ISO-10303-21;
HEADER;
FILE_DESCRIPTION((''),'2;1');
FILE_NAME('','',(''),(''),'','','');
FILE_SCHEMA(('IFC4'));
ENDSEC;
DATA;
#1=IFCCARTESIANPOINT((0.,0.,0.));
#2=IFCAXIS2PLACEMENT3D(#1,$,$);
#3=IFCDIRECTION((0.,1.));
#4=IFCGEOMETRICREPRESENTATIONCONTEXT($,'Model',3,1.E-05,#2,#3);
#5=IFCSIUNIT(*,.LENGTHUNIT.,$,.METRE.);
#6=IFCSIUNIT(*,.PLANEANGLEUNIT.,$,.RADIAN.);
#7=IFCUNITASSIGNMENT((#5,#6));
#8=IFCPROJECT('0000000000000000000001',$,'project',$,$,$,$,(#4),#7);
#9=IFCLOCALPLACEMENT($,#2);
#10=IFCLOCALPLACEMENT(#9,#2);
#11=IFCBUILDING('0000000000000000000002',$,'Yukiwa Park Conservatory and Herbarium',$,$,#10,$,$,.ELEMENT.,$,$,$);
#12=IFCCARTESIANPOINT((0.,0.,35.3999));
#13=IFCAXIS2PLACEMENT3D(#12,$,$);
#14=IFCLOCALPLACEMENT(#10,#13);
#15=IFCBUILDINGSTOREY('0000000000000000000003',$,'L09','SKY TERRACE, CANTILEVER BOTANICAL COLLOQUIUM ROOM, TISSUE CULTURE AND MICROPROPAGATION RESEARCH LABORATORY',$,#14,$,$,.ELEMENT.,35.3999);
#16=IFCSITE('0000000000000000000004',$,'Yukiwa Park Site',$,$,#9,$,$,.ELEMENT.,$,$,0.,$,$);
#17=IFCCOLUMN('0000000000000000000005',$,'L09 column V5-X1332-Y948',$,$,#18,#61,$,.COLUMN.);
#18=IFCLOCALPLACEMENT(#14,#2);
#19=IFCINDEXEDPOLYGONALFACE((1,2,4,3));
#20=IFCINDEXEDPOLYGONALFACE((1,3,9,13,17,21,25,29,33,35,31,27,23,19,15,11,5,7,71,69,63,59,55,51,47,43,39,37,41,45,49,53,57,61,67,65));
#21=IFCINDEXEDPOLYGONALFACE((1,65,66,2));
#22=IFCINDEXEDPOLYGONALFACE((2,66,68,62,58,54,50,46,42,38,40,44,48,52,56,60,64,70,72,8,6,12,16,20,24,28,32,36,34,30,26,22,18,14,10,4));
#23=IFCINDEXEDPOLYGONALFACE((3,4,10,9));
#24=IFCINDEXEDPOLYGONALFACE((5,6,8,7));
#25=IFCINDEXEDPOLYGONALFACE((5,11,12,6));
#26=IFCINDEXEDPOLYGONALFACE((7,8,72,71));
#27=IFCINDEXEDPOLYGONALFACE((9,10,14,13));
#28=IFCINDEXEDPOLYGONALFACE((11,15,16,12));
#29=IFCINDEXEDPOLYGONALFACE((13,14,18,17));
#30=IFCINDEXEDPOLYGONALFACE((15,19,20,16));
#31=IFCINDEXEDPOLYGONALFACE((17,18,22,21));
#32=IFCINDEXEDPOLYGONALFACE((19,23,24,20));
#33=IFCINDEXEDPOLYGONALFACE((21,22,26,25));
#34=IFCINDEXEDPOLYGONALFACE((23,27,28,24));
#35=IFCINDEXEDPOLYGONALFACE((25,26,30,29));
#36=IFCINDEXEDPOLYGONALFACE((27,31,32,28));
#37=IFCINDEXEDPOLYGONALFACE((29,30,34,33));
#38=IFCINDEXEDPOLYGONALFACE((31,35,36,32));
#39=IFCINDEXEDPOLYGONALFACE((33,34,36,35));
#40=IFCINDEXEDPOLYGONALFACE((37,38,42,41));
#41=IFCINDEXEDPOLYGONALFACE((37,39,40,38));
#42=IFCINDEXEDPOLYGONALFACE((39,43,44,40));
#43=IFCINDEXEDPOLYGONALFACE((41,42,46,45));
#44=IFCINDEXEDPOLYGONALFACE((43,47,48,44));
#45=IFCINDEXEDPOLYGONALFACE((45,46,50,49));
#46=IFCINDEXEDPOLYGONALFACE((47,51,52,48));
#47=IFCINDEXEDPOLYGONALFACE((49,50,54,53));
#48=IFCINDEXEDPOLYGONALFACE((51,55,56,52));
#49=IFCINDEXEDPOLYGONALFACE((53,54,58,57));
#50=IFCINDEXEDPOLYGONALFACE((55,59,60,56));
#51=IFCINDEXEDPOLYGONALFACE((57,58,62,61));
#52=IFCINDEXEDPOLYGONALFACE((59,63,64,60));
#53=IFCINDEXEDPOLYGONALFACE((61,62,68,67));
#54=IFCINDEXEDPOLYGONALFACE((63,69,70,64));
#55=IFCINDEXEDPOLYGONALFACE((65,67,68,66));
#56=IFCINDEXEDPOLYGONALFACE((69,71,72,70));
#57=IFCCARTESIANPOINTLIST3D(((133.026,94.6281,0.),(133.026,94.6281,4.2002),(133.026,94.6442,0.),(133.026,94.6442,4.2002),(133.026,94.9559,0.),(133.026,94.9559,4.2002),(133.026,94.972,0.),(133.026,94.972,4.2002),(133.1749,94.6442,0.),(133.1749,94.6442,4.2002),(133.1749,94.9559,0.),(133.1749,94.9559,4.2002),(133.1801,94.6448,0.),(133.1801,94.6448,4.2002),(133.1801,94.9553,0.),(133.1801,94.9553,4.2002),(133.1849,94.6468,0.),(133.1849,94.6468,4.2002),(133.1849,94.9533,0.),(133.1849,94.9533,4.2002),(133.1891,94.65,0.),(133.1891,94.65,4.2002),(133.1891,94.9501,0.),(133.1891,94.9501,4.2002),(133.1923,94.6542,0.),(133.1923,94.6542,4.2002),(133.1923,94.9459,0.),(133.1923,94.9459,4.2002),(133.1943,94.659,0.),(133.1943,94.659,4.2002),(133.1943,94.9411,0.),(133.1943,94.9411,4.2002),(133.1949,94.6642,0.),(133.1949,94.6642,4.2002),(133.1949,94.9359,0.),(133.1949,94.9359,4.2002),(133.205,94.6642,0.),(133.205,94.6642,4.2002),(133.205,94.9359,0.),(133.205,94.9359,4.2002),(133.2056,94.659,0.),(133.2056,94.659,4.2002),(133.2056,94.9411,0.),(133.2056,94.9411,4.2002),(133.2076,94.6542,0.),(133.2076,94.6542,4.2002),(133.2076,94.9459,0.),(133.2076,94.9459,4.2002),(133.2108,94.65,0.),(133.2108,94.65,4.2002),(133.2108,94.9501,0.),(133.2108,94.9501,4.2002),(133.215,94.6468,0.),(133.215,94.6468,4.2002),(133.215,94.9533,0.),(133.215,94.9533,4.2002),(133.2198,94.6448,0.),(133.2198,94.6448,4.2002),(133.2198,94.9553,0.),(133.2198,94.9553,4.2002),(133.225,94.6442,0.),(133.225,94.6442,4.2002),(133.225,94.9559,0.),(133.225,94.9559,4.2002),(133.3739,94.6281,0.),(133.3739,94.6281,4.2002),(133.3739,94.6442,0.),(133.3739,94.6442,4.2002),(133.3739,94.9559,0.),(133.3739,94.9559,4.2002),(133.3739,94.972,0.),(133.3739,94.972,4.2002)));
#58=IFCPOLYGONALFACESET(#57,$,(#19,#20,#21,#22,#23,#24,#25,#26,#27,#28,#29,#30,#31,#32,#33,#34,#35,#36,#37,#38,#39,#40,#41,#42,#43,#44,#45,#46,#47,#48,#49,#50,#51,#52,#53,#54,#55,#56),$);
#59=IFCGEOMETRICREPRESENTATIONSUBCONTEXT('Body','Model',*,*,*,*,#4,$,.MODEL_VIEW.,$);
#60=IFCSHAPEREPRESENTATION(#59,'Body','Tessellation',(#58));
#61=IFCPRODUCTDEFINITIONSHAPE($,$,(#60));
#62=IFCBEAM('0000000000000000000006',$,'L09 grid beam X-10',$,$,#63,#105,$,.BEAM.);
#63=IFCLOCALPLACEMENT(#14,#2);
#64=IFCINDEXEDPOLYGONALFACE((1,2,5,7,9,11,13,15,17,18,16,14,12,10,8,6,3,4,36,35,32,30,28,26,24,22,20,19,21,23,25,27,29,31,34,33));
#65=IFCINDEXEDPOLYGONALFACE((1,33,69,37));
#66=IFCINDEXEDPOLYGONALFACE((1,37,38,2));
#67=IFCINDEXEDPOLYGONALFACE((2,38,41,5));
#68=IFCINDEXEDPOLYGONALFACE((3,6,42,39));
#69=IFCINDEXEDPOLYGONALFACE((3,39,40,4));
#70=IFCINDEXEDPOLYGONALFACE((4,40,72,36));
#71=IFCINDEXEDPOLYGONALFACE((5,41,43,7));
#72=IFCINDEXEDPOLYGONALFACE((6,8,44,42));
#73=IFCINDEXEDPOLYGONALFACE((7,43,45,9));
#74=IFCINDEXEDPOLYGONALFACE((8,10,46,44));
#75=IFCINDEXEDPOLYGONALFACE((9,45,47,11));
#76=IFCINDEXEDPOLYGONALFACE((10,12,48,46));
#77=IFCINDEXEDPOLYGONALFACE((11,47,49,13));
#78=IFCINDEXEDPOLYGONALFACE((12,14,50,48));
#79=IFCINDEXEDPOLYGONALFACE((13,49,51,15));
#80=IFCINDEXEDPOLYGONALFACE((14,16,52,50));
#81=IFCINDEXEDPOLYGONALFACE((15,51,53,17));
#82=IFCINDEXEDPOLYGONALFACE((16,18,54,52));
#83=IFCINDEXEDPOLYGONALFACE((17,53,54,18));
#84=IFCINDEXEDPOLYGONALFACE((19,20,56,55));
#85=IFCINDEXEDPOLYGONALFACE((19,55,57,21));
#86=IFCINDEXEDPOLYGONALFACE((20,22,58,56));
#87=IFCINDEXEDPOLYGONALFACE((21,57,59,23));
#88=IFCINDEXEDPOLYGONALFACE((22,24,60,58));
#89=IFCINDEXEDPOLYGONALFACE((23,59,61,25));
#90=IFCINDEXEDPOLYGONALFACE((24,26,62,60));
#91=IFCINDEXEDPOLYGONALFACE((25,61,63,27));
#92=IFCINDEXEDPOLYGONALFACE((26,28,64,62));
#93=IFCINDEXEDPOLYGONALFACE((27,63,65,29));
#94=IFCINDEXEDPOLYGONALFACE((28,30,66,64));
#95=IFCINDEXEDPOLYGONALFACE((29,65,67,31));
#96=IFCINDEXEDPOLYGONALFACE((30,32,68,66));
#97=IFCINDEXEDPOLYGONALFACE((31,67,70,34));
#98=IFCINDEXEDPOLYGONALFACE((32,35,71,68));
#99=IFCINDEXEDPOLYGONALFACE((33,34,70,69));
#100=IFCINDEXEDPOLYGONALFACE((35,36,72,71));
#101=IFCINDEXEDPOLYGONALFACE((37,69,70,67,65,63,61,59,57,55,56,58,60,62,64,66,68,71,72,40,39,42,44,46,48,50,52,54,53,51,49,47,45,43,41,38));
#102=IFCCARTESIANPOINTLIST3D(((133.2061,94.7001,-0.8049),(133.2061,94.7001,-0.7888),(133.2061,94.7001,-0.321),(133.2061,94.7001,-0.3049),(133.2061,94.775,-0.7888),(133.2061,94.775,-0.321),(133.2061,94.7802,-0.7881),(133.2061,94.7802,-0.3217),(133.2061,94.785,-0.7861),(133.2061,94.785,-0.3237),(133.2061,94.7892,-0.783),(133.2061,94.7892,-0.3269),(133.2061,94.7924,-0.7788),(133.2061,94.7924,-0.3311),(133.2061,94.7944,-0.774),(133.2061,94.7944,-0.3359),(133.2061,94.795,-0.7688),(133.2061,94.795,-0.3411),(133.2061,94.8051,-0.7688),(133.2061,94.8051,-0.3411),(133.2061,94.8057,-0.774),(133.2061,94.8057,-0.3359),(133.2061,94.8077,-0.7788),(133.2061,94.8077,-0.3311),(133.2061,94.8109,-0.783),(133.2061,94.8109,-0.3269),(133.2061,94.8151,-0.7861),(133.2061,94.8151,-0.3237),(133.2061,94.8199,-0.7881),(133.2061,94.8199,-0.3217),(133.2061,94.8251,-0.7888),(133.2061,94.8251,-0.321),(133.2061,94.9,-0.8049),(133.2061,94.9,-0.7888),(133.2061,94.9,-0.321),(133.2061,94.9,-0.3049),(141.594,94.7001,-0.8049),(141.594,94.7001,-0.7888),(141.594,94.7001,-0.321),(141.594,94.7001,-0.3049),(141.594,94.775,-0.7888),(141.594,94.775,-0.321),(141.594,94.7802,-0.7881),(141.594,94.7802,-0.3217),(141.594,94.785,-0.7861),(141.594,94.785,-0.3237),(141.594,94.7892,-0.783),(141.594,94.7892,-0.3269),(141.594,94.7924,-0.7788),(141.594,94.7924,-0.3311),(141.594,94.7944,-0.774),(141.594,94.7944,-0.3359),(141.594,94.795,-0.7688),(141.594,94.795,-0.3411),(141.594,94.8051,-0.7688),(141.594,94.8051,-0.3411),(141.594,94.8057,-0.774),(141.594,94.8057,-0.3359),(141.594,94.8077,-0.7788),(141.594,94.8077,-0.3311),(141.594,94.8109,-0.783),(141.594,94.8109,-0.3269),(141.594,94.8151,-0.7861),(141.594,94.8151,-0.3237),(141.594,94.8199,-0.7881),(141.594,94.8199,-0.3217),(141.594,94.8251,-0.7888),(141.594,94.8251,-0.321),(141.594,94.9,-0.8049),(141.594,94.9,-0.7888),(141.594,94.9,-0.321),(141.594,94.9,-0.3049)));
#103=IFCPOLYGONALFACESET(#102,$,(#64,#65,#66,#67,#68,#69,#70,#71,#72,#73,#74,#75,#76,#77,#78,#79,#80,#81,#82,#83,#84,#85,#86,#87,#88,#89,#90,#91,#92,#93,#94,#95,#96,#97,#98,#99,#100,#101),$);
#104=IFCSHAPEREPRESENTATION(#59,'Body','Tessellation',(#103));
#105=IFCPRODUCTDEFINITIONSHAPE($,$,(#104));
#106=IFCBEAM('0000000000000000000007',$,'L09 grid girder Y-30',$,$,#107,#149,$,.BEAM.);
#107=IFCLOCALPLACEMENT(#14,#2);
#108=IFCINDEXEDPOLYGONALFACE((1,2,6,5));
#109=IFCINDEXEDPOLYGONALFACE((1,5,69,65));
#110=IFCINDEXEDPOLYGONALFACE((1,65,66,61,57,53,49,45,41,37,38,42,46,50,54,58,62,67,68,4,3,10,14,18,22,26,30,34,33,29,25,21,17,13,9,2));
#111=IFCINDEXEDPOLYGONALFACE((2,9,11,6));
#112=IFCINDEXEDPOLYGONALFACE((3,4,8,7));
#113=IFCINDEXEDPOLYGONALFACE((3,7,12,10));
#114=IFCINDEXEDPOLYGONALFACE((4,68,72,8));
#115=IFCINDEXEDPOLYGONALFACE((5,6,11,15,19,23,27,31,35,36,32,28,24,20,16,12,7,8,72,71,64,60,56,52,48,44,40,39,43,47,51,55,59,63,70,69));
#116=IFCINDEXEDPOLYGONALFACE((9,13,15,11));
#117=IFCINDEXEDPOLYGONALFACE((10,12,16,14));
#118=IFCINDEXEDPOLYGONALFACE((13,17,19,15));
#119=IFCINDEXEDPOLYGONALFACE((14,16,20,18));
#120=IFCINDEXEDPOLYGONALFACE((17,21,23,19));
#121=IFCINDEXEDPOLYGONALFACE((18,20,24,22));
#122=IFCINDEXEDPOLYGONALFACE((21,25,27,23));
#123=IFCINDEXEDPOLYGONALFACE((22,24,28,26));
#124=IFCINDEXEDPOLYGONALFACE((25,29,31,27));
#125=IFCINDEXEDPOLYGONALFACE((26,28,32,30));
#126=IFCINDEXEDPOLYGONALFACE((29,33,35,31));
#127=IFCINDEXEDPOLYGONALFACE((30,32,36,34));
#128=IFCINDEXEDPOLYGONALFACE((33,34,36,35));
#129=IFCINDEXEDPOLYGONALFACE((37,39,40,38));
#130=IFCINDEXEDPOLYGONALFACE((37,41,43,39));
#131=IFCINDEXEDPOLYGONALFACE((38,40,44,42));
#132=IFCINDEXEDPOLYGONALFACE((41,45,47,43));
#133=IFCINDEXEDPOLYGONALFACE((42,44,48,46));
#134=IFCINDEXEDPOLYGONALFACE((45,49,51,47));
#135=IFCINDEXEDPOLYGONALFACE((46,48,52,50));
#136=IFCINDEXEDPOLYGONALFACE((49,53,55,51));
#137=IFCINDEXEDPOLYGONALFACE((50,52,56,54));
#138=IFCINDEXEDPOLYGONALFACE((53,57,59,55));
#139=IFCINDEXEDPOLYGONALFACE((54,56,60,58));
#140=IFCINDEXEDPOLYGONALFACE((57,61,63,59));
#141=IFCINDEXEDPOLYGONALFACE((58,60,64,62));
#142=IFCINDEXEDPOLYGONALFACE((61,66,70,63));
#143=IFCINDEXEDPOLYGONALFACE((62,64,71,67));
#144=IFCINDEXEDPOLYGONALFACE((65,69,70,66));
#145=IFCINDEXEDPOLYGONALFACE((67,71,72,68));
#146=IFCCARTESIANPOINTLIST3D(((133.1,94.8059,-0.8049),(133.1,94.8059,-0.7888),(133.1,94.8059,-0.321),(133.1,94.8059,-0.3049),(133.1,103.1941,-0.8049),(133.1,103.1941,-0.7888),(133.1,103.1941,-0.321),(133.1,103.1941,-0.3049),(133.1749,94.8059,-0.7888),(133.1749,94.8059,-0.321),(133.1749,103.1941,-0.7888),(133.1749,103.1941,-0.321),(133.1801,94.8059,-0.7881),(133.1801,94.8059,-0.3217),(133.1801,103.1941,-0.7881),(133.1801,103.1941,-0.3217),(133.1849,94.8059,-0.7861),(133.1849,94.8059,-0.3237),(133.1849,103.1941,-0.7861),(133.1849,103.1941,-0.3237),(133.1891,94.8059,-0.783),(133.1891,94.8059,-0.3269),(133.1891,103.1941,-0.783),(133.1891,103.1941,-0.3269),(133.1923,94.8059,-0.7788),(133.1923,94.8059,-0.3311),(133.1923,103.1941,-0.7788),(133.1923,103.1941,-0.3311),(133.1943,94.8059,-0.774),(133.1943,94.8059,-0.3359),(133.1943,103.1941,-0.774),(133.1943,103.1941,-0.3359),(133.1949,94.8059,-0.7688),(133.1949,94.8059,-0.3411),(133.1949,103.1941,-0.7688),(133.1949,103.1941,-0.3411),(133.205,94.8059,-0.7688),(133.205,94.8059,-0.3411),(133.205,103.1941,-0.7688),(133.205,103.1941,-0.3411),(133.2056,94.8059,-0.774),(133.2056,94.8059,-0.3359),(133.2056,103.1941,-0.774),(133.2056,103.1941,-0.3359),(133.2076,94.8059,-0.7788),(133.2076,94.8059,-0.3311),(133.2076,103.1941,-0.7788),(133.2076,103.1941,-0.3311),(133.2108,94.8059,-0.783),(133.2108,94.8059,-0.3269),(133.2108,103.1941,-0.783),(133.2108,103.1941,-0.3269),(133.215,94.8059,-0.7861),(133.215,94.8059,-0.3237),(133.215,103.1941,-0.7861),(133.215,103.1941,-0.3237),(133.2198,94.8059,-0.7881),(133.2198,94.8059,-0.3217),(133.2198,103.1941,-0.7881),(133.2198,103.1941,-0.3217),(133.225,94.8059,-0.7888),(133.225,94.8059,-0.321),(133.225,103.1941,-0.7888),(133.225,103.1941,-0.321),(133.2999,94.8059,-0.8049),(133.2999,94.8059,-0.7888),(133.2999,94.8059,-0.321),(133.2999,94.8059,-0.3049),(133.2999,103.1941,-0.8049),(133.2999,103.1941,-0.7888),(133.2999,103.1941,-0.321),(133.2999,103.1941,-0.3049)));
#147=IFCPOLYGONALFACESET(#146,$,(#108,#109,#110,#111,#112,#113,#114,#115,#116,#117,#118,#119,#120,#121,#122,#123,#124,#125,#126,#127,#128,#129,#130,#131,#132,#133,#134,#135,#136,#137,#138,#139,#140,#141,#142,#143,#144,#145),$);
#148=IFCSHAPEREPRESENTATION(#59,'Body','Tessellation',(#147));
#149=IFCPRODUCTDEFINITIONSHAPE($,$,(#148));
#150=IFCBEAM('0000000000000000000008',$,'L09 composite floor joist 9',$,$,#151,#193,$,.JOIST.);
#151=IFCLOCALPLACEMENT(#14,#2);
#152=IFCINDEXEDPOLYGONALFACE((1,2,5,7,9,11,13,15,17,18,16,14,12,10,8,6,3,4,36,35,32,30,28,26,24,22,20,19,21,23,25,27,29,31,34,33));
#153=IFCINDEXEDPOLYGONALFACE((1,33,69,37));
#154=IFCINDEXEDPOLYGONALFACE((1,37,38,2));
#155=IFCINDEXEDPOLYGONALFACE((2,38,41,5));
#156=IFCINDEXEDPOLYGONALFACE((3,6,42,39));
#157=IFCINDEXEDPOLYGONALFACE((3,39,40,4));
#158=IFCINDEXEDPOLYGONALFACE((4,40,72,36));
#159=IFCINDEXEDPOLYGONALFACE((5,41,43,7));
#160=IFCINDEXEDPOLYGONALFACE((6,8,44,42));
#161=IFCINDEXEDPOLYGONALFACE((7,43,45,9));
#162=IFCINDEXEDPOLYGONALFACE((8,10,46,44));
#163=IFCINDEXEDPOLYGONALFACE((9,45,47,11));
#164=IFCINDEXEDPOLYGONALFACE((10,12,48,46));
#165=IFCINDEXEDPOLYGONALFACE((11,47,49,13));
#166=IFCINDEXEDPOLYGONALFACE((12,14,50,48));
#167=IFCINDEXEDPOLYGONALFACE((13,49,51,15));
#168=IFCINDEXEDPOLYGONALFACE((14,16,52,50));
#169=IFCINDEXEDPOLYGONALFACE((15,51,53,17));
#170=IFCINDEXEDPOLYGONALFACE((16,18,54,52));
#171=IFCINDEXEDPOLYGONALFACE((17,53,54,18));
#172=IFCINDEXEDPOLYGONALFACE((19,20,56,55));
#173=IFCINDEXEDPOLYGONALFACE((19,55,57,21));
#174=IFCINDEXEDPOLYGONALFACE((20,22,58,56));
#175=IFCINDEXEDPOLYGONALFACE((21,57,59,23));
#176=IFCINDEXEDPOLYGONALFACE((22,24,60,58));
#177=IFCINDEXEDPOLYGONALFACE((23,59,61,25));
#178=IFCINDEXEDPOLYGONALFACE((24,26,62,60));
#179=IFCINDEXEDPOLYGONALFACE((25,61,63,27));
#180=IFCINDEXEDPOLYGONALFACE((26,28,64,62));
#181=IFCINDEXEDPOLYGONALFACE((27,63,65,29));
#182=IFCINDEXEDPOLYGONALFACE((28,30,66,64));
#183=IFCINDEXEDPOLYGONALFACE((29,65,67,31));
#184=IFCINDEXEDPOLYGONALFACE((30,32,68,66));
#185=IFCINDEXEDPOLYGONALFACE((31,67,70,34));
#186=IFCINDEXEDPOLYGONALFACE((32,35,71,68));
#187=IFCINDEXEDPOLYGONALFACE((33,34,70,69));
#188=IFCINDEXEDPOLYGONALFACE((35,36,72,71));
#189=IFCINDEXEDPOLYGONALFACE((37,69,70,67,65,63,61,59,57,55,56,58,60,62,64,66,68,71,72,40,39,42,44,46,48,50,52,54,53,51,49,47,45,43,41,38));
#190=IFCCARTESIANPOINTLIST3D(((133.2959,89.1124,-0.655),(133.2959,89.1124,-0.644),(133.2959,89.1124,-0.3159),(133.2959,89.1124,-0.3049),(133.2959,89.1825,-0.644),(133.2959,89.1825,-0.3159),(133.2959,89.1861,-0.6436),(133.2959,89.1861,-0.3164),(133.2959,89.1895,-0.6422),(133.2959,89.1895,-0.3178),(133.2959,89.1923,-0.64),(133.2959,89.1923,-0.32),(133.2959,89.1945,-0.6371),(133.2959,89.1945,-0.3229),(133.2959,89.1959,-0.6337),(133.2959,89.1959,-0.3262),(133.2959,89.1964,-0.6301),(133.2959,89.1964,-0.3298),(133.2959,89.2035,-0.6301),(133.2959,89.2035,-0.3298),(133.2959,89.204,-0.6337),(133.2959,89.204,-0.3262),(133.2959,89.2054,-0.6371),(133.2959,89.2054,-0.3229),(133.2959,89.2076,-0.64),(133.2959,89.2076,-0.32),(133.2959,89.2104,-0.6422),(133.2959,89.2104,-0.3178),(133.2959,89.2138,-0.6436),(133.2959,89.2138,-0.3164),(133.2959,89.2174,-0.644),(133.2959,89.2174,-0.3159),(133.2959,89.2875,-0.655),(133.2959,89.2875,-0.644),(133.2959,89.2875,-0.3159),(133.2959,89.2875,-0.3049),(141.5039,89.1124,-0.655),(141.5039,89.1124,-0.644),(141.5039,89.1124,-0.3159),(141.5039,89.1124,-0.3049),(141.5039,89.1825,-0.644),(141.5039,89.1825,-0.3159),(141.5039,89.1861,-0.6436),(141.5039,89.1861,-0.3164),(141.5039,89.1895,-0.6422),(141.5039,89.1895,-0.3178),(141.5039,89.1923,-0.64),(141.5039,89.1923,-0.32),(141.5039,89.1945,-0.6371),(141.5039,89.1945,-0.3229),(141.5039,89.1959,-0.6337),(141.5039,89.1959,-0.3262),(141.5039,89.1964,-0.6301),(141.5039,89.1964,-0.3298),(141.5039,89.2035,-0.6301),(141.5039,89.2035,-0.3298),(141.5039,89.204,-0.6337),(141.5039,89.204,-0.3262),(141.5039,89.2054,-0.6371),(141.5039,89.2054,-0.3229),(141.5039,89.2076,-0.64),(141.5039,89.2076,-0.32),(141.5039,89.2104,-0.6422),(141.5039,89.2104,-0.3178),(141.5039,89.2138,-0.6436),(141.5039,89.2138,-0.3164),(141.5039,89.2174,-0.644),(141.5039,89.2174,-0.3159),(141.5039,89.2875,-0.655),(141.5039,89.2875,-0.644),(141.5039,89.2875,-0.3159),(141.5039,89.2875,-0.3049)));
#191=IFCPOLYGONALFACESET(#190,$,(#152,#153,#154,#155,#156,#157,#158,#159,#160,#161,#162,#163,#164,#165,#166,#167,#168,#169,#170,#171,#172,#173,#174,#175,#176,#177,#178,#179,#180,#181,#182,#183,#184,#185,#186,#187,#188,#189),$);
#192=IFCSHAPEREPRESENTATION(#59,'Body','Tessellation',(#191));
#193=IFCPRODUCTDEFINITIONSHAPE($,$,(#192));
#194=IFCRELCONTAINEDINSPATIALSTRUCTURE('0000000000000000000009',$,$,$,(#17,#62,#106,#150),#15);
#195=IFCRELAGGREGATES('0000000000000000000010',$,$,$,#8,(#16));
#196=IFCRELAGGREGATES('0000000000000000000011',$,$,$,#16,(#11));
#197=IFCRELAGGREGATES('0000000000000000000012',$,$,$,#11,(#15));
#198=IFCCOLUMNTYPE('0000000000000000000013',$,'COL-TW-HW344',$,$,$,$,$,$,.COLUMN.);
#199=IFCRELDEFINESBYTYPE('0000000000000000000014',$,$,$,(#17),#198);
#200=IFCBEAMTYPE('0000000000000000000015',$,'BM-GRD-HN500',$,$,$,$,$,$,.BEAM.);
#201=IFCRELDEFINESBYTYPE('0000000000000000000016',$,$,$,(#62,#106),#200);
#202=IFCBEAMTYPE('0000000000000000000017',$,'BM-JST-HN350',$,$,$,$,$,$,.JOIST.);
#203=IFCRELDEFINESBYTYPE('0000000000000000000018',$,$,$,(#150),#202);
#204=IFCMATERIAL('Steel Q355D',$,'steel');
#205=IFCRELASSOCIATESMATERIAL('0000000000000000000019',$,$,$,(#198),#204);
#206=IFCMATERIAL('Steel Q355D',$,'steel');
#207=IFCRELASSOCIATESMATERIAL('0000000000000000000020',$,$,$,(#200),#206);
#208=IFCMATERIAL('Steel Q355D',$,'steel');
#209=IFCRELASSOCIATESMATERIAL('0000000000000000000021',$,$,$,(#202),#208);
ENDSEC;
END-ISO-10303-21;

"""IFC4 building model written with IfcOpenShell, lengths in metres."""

from ifc_helpers import new_model, si_unit, direction, frame, origin, origin_2d, place, context, subcontext, project, spatial, i_section, extrude, material, material_profile, profile_set, type_object, element, save


model = new_model("IFC4")

# Units and contexts
model_context = context("Model", 3, precision=1e-05, world=origin(), true_north=direction((0.0, 1.0)))
body_context = subcontext(model_context, "Body", "Model", "MODEL_VIEW")
ifc_project = project(units=[si_unit("LENGTHUNIT", "METRE"), si_unit("PLANEANGLEUNIT", "RADIAN")], contexts=[model_context])

# Site, building, storey
site_placement = place(None, origin())
site = spatial("IfcSite", under=ifc_project, at=site_placement, Name="Yukiwa Park Site", CompositionType="ELEMENT", RefElevation=0.0)
building_placement = place(site_placement, origin())
building = spatial("IfcBuilding", under=site, at=building_placement, Name="Yukiwa Park Conservatory and Herbarium", CompositionType="ELEMENT")
storey_placement = place(building_placement, frame((0.0, 0.0, 35.3999)))
storey = spatial("IfcBuildingStorey", under=building, at=storey_placement, Name="L09", Description="SKY TERRACE, CANTILEVER BOTANICAL COLLOQUIUM ROOM, TISSUE CULTURE AND MICROPROPAGATION RESEARCH LABORATORY", CompositionType="ELEMENT", Elevation=35.3999)

# Column
ifc_material_1 = material(Name="Steel Q355D", Category="steel")
ifc_material_profile_1 = material_profile(ifc_material_1, i_section(OverallWidth=0.3479, OverallDepth=0.344, WebThickness=0.01, FlangeThickness=0.0161, FilletRadius=0.02, at=origin_2d()), Name="HW 344x348x10x16")
ifc_profile_set_1 = profile_set([ifc_material_profile_1], Name="Steel Q355D")
column_type = type_object("IfcColumnType", Name="COL-TW-HW344", PredefinedType="COLUMN", material=ifc_profile_set_1)
column_placement = place(storey_placement, frame((133.2, 94.8, 0.0), z_axis=(0.0, 0.0, 1.0), x_axis=(1.0, 0.0, 0.0)))
element("IfcColumn", 1, at=column_placement, inside=storey, type_object=column_type, Name="L09 column V5-X1332-Y948", PredefinedType="COLUMN", context=body_context, shape_type="SweptSolid", body=[
    extrude(i_section(OverallWidth=0.3479, OverallDepth=0.344, WebThickness=0.01, FlangeThickness=0.0161, FilletRadius=0.02, at=origin_2d()), origin(), (0.0, 0.0, 1.0), 4.2002),
])

# Beams
ifc_material_2 = material(Name="Steel Q355D", Category="steel")
ifc_material_profile_2 = material_profile(ifc_material_2, i_section(OverallWidth=0.2, OverallDepth=0.5, WebThickness=0.01, FlangeThickness=0.0161, FilletRadius=0.02, at=origin_2d()), Name="HN 500x200x10x16")
ifc_profile_set_2 = profile_set([ifc_material_profile_2], Name="Steel Q355D")
beam_type_1 = type_object("IfcBeamType", Name="BM-GRD-HN500", PredefinedType="BEAM", material=ifc_profile_set_2)
beam_1_placement = place(storey_placement, frame((133.2061, 94.8, -0.5549), z_axis=(1.0, 0.0, 0.0), x_axis=(0.0, 1.0, 0.0)))
element("IfcBeam", 2, at=beam_1_placement, inside=storey, type_object=beam_type_1, Name="L09 grid beam X-10", PredefinedType="BEAM", context=body_context, shape_type="SweptSolid", body=[
    extrude(i_section(OverallWidth=0.2, OverallDepth=0.5, WebThickness=0.01, FlangeThickness=0.0161, FilletRadius=0.02, at=origin_2d()), origin(), (0.0, 0.0, 1.0), 8.3879),
])
beam_2_placement = place(storey_placement, frame((133.2, 94.8059, -0.5549), z_axis=(0.0, 1.0, 0.0), x_axis=(-1.0, 0.0, 0.0)))
element("IfcBeam", 3, at=beam_2_placement, inside=storey, type_object=beam_type_1, Name="L09 grid girder Y-30", PredefinedType="BEAM", context=body_context, shape_type="SweptSolid", body=[
    extrude(i_section(OverallWidth=0.2, OverallDepth=0.5, WebThickness=0.01, FlangeThickness=0.0161, FilletRadius=0.02, at=origin_2d()), origin(), (0.0, 0.0, 1.0), 8.3882),
])
ifc_material_3 = material(Name="Steel Q355D", Category="steel")
ifc_material_profile_3 = material_profile(ifc_material_3, i_section(OverallWidth=0.175, OverallDepth=0.3501, WebThickness=0.0071, FlangeThickness=0.011, FilletRadius=0.0139, at=origin_2d()), Name="HN 350x175x7x11")
ifc_profile_set_3 = profile_set([ifc_material_profile_3], Name="Steel Q355D")
beam_type_2 = type_object("IfcBeamType", Name="BM-JST-HN350", PredefinedType="JOIST", material=ifc_profile_set_3)
for number, where, z_axis, x_axis, name in (
    (4, (133.2959, 89.2, -0.48), (1.0, 0.0, 0.0), (0.0, 1.0, 0.0), "L09 composite floor joist 9"),
):
    element("IfcBeam", number, at=place(storey_placement, frame(where, z_axis=z_axis, x_axis=x_axis)), inside=storey, type_object=beam_type_2, Name=name, PredefinedType="JOIST", context=body_context, shape_type="SweptSolid", body=[
        extrude(i_section(OverallWidth=0.175, OverallDepth=0.3501, WebThickness=0.0071, FlangeThickness=0.011, FilletRadius=0.0139, at=origin_2d()), origin(), (0.0, 0.0, 1.0), 8.208),
    ])

save(model, "model.ifc")
